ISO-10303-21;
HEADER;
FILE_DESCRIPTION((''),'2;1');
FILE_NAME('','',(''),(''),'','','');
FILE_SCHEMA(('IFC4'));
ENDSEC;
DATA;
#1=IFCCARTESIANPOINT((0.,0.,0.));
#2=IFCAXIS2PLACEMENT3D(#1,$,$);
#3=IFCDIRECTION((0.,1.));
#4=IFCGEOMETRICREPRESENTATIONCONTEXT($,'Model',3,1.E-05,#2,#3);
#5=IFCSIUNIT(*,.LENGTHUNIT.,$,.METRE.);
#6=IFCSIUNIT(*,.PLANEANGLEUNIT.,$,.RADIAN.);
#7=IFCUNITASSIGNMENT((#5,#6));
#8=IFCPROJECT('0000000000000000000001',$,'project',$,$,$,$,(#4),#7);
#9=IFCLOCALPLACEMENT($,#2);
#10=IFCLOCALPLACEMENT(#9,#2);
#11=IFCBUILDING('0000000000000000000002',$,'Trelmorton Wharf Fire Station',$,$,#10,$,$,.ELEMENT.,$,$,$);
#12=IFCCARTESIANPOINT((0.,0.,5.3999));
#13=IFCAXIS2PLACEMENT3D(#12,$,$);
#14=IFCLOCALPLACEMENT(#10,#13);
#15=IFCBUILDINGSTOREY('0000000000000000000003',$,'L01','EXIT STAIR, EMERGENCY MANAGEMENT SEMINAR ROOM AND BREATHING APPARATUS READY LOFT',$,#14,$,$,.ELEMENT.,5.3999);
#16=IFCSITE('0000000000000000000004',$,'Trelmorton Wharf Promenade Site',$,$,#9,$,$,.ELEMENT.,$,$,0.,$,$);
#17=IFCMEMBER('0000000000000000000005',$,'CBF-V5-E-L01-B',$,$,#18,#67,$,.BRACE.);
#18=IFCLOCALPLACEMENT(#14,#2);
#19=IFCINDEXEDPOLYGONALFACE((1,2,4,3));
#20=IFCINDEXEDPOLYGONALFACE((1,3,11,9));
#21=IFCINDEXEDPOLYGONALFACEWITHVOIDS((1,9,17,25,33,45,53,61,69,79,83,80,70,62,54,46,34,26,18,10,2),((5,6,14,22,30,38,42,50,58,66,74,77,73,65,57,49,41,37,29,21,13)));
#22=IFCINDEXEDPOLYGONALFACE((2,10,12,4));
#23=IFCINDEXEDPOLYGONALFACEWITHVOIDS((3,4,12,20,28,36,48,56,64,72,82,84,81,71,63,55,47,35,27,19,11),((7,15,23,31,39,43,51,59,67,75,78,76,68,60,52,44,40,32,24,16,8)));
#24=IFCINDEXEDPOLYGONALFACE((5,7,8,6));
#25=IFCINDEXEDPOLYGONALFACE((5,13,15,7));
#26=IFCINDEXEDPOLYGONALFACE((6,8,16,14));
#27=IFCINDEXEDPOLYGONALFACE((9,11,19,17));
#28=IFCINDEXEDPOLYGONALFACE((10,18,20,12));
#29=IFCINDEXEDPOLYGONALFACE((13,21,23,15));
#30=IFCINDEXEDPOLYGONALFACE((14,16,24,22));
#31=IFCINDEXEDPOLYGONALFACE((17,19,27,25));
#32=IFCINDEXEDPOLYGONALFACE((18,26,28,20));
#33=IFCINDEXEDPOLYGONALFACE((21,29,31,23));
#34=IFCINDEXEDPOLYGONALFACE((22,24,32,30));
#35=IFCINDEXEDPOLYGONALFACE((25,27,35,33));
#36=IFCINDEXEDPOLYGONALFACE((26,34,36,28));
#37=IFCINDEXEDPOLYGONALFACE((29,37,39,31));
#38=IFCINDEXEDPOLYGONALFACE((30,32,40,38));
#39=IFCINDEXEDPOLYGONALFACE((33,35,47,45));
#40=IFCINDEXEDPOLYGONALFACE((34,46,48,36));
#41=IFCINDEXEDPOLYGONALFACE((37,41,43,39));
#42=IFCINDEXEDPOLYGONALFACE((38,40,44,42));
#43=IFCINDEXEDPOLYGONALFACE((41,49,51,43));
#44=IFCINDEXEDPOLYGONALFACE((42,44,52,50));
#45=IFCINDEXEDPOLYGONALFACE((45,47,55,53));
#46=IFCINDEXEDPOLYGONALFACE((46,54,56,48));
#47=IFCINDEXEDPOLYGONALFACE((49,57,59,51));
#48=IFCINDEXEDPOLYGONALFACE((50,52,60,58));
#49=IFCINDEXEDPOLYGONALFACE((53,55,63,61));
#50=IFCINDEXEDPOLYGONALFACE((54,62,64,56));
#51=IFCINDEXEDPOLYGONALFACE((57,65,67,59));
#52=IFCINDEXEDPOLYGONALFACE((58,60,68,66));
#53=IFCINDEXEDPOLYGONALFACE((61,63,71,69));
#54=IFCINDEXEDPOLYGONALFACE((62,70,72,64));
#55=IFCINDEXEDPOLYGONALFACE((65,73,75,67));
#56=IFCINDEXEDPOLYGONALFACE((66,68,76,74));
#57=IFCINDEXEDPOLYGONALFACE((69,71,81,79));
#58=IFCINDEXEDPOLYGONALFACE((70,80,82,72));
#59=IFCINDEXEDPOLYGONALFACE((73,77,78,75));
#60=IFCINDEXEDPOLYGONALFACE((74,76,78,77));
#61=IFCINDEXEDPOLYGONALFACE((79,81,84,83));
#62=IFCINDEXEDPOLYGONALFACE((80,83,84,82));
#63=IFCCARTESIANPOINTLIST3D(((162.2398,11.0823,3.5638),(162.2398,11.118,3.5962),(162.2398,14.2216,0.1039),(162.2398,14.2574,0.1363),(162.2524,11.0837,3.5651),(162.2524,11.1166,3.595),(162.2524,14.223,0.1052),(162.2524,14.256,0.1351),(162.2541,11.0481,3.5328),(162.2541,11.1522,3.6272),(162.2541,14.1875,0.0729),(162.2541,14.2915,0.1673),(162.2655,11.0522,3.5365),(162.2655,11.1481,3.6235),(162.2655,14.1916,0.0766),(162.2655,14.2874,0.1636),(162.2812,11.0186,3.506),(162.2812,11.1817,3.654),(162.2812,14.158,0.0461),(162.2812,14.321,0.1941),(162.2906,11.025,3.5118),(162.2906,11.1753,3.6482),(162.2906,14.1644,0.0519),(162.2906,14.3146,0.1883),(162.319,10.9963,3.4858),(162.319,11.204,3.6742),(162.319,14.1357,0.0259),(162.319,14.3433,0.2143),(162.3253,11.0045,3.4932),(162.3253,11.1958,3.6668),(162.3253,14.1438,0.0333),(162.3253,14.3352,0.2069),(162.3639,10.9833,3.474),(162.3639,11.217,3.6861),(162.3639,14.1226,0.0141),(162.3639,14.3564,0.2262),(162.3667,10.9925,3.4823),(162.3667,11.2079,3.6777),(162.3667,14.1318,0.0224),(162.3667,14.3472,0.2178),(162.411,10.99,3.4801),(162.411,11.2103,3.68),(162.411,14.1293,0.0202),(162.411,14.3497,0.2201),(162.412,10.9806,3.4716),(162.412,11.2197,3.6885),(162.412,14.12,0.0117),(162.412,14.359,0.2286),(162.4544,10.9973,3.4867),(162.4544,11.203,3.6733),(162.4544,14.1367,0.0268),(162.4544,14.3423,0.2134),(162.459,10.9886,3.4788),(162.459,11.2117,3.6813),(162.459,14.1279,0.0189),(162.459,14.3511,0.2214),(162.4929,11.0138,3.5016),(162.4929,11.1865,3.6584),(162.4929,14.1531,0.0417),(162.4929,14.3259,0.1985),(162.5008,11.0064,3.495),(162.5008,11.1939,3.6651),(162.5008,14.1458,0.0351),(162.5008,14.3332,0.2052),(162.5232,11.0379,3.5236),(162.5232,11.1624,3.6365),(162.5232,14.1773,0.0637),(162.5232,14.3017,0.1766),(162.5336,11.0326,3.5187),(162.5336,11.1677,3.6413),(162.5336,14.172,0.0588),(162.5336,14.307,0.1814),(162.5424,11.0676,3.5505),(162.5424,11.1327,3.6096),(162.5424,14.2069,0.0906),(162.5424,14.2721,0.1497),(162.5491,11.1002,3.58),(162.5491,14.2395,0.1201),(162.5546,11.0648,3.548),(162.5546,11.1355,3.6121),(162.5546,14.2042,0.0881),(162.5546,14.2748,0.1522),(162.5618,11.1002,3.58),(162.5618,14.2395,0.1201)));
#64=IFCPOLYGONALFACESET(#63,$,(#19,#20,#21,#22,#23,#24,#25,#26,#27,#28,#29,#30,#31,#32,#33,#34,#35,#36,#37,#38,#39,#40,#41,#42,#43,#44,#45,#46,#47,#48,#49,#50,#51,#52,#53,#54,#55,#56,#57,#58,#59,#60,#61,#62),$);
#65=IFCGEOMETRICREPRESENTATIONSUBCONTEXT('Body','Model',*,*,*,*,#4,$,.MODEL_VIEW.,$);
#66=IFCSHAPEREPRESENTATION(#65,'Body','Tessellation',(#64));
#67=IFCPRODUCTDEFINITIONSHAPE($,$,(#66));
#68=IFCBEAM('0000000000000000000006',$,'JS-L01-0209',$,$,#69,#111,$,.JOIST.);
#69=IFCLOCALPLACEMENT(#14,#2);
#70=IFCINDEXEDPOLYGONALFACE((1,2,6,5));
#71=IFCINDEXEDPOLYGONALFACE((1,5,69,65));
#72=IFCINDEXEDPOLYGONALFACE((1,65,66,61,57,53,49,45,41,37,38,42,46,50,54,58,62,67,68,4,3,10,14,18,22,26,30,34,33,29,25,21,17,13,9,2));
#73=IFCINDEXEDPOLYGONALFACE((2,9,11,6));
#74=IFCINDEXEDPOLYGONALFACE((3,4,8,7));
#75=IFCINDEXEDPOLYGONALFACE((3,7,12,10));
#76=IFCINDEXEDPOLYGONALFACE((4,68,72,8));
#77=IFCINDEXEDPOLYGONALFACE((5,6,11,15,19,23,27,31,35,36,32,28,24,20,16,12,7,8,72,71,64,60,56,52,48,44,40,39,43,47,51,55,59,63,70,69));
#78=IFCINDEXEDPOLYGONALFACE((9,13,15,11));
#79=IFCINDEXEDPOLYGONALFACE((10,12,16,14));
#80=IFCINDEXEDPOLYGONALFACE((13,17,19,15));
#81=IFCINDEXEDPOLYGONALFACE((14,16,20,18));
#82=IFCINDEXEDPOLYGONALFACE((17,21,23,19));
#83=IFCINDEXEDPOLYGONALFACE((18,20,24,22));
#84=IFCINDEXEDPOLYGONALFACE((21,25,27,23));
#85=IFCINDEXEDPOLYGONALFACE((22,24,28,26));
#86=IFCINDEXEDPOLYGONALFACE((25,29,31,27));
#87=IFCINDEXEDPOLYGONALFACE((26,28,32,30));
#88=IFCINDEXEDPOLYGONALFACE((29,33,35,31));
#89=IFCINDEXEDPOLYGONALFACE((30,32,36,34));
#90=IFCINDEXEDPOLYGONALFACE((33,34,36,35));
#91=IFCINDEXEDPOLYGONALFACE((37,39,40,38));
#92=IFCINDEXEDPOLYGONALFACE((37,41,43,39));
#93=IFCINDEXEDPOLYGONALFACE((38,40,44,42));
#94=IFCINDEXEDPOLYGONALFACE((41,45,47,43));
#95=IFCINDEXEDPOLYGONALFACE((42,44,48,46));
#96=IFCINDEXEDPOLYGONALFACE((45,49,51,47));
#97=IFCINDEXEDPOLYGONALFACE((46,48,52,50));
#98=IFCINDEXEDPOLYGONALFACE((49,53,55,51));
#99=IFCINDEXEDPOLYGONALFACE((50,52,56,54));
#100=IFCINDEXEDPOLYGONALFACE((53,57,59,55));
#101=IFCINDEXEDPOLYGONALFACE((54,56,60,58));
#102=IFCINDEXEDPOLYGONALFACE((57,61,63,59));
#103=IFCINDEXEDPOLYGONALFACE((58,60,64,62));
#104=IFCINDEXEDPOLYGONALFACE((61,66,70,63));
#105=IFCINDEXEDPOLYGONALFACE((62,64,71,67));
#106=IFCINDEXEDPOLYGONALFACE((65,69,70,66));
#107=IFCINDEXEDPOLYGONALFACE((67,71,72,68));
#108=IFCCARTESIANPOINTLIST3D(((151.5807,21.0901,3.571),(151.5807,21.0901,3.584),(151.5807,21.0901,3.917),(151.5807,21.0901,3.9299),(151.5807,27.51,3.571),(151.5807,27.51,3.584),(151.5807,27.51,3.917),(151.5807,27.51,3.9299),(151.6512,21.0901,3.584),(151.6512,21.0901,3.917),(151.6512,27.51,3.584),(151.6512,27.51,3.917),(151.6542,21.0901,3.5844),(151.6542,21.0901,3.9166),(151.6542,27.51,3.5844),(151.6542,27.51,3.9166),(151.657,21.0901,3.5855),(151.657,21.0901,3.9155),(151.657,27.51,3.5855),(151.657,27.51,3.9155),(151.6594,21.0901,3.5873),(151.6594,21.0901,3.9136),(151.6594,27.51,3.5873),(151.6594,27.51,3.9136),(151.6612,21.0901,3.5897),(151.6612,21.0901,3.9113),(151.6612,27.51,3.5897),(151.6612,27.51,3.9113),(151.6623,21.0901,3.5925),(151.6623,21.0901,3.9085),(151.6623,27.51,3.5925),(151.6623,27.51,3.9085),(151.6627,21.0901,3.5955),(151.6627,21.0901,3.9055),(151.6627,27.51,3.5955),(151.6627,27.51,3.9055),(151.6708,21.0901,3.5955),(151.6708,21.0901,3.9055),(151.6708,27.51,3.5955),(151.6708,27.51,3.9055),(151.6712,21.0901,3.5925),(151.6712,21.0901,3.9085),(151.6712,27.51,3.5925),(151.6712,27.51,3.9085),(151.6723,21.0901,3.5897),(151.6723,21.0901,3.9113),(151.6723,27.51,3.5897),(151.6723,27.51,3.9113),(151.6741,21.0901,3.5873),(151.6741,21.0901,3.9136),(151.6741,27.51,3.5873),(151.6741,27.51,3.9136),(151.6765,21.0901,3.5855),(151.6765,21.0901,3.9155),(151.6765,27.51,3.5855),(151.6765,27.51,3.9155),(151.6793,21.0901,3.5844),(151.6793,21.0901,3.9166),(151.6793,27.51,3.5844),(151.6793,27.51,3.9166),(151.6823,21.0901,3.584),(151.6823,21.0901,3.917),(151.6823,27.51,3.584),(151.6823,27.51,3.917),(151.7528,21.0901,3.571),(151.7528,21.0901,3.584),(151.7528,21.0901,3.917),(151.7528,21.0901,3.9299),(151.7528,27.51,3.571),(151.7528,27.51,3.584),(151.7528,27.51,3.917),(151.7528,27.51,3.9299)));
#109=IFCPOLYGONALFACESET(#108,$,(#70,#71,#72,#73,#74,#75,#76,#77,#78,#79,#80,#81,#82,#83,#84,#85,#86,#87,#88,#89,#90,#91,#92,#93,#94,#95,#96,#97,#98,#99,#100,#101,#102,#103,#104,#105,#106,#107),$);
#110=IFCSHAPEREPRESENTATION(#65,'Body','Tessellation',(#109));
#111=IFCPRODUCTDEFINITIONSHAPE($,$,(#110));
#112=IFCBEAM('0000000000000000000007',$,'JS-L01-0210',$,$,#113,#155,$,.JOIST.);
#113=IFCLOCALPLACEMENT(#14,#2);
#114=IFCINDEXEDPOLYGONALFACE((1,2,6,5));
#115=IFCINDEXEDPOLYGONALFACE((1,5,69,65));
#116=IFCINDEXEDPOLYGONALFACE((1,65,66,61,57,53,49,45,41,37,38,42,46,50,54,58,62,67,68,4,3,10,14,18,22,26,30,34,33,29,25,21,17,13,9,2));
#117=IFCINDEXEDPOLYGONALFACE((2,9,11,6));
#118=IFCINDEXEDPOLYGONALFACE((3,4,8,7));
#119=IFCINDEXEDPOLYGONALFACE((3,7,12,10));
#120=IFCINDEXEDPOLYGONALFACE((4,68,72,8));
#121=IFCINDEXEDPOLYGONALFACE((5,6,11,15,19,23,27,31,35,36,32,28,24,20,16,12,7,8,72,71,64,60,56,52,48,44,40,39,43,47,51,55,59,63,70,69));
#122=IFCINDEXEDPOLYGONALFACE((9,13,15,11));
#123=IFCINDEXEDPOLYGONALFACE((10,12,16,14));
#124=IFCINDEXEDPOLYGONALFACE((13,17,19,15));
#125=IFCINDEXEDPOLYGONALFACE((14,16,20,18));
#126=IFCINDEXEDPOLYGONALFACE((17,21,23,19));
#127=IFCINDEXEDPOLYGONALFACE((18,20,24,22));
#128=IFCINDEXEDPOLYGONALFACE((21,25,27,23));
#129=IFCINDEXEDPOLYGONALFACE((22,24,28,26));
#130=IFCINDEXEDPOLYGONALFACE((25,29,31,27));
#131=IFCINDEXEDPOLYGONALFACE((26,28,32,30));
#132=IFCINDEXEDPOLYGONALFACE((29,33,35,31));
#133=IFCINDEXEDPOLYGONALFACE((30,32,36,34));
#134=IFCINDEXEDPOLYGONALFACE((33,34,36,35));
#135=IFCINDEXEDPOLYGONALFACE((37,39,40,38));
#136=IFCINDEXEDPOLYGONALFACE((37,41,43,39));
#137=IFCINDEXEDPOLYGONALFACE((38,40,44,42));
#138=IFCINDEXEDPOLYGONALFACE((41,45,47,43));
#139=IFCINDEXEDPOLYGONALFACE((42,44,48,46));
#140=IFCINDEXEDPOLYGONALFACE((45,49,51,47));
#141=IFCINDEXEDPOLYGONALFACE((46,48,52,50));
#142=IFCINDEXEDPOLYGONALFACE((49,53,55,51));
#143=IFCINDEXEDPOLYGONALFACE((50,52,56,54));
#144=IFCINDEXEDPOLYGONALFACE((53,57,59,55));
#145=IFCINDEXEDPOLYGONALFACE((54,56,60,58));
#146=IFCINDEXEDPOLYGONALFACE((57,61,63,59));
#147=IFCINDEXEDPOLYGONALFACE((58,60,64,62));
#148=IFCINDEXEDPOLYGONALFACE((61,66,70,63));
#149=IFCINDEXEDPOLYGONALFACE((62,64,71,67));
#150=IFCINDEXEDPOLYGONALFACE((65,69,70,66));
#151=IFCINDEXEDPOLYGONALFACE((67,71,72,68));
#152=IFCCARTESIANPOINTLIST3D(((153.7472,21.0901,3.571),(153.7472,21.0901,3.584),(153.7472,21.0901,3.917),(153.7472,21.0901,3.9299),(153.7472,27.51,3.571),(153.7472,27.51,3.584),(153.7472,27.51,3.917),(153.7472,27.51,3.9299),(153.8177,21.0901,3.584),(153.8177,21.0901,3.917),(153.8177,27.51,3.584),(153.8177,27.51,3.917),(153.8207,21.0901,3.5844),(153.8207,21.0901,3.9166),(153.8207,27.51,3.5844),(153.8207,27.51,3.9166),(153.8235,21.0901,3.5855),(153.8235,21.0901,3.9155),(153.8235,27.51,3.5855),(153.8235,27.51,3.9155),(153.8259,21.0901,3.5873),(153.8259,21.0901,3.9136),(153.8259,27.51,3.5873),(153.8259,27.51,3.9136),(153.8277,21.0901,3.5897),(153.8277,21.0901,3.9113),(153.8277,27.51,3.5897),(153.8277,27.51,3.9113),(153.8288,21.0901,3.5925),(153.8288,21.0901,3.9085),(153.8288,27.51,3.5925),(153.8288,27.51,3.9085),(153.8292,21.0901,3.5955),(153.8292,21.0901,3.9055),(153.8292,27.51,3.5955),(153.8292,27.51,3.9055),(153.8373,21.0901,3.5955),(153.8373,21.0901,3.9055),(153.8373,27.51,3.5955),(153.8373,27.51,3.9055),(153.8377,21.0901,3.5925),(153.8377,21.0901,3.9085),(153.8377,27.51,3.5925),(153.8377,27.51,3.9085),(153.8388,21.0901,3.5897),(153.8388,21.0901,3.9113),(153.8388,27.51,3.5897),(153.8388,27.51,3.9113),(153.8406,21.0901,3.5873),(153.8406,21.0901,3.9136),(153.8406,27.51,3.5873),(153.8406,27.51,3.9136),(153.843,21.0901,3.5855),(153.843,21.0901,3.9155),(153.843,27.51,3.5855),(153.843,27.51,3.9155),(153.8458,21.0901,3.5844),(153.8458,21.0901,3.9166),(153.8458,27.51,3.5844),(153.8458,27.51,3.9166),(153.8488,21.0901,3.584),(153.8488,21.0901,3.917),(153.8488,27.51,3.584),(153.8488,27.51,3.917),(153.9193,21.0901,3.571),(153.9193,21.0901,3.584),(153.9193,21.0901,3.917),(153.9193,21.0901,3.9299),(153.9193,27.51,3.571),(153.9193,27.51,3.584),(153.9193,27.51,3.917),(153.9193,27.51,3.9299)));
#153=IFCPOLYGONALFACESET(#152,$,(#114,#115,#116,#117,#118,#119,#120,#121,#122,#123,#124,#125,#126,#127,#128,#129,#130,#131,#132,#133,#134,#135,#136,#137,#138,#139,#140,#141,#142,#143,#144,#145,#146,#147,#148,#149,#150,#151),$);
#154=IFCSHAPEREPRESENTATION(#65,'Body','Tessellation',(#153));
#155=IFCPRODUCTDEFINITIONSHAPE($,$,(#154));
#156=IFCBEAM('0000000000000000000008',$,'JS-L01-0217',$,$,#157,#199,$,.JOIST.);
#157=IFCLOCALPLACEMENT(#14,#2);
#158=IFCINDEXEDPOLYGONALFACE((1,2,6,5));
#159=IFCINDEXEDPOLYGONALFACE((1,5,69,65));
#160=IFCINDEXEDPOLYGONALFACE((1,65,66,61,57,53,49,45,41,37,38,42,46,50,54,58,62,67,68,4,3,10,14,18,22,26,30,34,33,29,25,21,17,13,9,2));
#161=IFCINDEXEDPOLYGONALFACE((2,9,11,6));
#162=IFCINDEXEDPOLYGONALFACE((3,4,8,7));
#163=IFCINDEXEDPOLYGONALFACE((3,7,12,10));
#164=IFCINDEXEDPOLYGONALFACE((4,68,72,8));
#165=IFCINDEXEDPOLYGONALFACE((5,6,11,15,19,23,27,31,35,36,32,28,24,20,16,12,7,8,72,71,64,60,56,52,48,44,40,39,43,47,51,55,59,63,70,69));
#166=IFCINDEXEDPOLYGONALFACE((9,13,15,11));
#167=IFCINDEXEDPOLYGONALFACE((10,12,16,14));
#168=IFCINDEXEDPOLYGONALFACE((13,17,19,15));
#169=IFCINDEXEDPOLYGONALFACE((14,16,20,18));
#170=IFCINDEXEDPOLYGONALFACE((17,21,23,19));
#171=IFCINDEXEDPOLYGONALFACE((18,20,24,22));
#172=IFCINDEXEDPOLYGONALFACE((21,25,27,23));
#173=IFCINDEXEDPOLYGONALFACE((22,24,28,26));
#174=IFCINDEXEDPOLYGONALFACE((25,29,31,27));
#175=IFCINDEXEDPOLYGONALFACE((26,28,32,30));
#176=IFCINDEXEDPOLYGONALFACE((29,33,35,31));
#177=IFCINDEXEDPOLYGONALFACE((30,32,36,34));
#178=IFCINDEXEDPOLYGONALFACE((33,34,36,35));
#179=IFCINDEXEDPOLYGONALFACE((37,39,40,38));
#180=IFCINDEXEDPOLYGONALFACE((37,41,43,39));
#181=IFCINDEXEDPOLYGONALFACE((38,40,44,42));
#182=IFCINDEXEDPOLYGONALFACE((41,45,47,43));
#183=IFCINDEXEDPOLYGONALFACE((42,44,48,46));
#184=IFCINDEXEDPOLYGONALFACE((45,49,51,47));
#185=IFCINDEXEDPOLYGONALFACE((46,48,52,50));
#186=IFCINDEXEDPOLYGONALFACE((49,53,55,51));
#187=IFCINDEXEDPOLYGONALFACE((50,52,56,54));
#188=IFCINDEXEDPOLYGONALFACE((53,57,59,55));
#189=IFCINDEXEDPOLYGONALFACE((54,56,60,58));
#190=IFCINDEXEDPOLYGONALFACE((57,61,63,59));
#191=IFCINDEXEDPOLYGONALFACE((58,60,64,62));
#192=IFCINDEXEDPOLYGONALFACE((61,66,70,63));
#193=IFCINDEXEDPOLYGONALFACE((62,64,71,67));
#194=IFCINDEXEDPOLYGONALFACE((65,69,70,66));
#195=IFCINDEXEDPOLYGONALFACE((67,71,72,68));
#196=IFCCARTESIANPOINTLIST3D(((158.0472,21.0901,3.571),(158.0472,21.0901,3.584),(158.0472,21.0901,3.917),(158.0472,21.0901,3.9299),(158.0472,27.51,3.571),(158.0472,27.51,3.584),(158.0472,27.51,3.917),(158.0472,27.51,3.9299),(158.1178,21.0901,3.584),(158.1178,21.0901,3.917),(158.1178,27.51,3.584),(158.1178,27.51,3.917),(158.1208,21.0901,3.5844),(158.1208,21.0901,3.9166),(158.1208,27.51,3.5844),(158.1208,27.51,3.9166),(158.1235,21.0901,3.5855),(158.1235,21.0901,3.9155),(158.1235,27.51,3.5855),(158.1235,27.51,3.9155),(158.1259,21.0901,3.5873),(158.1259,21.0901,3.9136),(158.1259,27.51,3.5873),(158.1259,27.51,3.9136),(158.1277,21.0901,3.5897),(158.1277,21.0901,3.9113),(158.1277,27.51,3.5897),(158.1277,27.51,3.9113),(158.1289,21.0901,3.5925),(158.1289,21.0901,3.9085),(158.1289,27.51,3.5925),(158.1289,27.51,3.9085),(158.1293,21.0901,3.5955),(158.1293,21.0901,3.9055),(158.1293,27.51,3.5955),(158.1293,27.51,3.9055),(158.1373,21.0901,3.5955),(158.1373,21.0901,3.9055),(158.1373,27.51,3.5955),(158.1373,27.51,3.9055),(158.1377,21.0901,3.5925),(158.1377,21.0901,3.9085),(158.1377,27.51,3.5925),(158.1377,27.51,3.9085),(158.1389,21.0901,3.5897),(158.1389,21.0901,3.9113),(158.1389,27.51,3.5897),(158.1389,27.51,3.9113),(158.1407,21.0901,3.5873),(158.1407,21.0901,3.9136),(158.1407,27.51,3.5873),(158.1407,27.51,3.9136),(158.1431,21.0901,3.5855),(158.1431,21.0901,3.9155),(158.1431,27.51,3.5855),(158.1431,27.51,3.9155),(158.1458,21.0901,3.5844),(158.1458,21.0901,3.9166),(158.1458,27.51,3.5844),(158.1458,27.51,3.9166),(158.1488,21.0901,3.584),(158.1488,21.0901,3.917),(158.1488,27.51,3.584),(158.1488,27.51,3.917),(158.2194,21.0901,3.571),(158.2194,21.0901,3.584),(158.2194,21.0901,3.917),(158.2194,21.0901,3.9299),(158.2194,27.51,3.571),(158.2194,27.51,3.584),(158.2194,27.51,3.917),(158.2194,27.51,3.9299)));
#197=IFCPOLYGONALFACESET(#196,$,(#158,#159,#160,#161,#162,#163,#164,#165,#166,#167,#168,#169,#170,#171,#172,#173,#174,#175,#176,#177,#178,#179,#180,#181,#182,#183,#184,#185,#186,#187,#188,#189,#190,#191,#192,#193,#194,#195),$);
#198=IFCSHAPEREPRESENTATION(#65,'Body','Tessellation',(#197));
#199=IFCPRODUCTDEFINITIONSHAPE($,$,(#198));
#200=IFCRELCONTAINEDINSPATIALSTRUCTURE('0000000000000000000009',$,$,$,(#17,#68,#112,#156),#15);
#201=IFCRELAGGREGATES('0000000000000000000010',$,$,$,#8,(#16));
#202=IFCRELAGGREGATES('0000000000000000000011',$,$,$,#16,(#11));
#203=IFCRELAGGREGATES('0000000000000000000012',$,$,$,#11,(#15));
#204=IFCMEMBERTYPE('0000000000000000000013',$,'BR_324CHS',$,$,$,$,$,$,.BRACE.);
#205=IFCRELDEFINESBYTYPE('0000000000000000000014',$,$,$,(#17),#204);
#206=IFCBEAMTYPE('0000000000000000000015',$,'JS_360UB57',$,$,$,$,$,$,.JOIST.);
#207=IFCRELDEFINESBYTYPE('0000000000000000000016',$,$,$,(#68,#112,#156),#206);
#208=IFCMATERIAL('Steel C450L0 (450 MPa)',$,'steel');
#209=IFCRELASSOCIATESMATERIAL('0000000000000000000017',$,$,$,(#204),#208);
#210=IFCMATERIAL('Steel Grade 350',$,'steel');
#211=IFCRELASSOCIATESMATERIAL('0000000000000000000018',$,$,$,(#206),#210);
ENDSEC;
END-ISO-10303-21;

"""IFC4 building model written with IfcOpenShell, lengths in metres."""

from ifc_helpers import new_model, si_unit, direction, frame, origin, origin_2d, place, context, subcontext, project, spatial, hollow_circle, i_section, extrude, material, material_profile, profile_set, type_object, element, save


model = new_model("IFC4")

# Units and contexts
model_context = context("Model", 3, precision=1e-05, world=origin(), true_north=direction((0.0, 1.0)))
body_context = subcontext(model_context, "Body", "Model", "MODEL_VIEW")
ifc_project = project(units=[si_unit("LENGTHUNIT", "METRE"), si_unit("PLANEANGLEUNIT", "RADIAN")], contexts=[model_context])

# Site, building, storey
site_placement = place(None, origin())
site = spatial("IfcSite", under=ifc_project, at=site_placement, Name="Trelmorton Wharf Promenade Site", CompositionType="ELEMENT", RefElevation=0.0)
building_placement = place(site_placement, origin())
building = spatial("IfcBuilding", under=site, at=building_placement, Name="Trelmorton Wharf Fire Station", CompositionType="ELEMENT")
storey_placement = place(building_placement, frame((0.0, 0.0, 5.3999)))
storey = spatial("IfcBuildingStorey", under=building, at=storey_placement, Name="L01", Description="EXIT STAIR, EMERGENCY MANAGEMENT SEMINAR ROOM AND BREATHING APPARATUS READY LOFT", CompositionType="ELEMENT", Elevation=5.3999)

# Shared definitions
ifc_material_1 = material(Name="Steel Grade 350", Category="steel")

# Member
ifc_material_2 = material(Name="Steel C450L0 (450 MPa)", Category="steel")
ifc_material_profile_1 = material_profile(ifc_material_2, hollow_circle(Radius=0.1619, WallThickness=0.0127, at=origin_2d()), Name="323.9x12.7CHS")
ifc_profile_set_1 = profile_set([ifc_material_profile_1], Name="Steel C450L0 (450 MPa)")
member_type = type_object("IfcMemberType", Name="BR_324CHS", PredefinedType="BRACE", material=ifc_profile_set_1)
member_1_placement = place(storey_placement, frame((162.3999, 14.2395, 0.1201), z_axis=(0.0, -0.671968, 0.740581), x_axis=(1.0, 0.0, 0.0)))
element("IfcMember", 1, at=member_1_placement, inside=storey, type_object=member_type, Name="CBF-V5-E-L01-B", PredefinedType="BRACE", context=body_context, shape_type="SweptSolid", body=[
    extrude(hollow_circle(Radius=0.1619, WallThickness=0.0127, at=origin_2d()), origin(), (0.0, 0.0, 1.0), 4.6719),
])

# Beams
ifc_material_profile_2 = material_profile(ifc_material_1, i_section(OverallWidth=0.1721, OverallDepth=0.3589, WebThickness=0.0081, FlangeThickness=0.0129, FilletRadius=0.0115, at=origin_2d()), Name="360UB56.7")
ifc_profile_set_2 = profile_set([ifc_material_profile_2], Name="Steel Grade 350")
beam_type_1 = type_object("IfcBeamType", Name="JS_360UB57", PredefinedType="JOIST", material=ifc_profile_set_2)
for number, where, z_axis, x_axis, name in (
    (2, (151.6667, 21.0901, 3.7505), (0.0, 1.0, 0.0), (-1.0, 0.0, 0.0), "JS-L01-0209"),
    (3, (153.8333, 21.0901, 3.7505), (0.0, 1.0, 0.0), (-1.0, 0.0, 0.0), "JS-L01-0210"),
    (4, (158.1333, 21.0901, 3.7505), (0.0, 1.0, 0.0), (-1.0, 0.0, 0.0), "JS-L01-0217"),
):
    element("IfcBeam", number, at=place(storey_placement, frame(where, z_axis=z_axis, x_axis=x_axis)), inside=storey, type_object=beam_type_1, Name=name, PredefinedType="JOIST", context=body_context, shape_type="SweptSolid", body=[
        extrude(i_section(OverallWidth=0.1721, OverallDepth=0.3589, WebThickness=0.0081, FlangeThickness=0.0129, FilletRadius=0.0115, at=origin_2d()), origin(), (0.0, 0.0, 1.0), 6.4199),
    ])

save(model, "model.ifc")
